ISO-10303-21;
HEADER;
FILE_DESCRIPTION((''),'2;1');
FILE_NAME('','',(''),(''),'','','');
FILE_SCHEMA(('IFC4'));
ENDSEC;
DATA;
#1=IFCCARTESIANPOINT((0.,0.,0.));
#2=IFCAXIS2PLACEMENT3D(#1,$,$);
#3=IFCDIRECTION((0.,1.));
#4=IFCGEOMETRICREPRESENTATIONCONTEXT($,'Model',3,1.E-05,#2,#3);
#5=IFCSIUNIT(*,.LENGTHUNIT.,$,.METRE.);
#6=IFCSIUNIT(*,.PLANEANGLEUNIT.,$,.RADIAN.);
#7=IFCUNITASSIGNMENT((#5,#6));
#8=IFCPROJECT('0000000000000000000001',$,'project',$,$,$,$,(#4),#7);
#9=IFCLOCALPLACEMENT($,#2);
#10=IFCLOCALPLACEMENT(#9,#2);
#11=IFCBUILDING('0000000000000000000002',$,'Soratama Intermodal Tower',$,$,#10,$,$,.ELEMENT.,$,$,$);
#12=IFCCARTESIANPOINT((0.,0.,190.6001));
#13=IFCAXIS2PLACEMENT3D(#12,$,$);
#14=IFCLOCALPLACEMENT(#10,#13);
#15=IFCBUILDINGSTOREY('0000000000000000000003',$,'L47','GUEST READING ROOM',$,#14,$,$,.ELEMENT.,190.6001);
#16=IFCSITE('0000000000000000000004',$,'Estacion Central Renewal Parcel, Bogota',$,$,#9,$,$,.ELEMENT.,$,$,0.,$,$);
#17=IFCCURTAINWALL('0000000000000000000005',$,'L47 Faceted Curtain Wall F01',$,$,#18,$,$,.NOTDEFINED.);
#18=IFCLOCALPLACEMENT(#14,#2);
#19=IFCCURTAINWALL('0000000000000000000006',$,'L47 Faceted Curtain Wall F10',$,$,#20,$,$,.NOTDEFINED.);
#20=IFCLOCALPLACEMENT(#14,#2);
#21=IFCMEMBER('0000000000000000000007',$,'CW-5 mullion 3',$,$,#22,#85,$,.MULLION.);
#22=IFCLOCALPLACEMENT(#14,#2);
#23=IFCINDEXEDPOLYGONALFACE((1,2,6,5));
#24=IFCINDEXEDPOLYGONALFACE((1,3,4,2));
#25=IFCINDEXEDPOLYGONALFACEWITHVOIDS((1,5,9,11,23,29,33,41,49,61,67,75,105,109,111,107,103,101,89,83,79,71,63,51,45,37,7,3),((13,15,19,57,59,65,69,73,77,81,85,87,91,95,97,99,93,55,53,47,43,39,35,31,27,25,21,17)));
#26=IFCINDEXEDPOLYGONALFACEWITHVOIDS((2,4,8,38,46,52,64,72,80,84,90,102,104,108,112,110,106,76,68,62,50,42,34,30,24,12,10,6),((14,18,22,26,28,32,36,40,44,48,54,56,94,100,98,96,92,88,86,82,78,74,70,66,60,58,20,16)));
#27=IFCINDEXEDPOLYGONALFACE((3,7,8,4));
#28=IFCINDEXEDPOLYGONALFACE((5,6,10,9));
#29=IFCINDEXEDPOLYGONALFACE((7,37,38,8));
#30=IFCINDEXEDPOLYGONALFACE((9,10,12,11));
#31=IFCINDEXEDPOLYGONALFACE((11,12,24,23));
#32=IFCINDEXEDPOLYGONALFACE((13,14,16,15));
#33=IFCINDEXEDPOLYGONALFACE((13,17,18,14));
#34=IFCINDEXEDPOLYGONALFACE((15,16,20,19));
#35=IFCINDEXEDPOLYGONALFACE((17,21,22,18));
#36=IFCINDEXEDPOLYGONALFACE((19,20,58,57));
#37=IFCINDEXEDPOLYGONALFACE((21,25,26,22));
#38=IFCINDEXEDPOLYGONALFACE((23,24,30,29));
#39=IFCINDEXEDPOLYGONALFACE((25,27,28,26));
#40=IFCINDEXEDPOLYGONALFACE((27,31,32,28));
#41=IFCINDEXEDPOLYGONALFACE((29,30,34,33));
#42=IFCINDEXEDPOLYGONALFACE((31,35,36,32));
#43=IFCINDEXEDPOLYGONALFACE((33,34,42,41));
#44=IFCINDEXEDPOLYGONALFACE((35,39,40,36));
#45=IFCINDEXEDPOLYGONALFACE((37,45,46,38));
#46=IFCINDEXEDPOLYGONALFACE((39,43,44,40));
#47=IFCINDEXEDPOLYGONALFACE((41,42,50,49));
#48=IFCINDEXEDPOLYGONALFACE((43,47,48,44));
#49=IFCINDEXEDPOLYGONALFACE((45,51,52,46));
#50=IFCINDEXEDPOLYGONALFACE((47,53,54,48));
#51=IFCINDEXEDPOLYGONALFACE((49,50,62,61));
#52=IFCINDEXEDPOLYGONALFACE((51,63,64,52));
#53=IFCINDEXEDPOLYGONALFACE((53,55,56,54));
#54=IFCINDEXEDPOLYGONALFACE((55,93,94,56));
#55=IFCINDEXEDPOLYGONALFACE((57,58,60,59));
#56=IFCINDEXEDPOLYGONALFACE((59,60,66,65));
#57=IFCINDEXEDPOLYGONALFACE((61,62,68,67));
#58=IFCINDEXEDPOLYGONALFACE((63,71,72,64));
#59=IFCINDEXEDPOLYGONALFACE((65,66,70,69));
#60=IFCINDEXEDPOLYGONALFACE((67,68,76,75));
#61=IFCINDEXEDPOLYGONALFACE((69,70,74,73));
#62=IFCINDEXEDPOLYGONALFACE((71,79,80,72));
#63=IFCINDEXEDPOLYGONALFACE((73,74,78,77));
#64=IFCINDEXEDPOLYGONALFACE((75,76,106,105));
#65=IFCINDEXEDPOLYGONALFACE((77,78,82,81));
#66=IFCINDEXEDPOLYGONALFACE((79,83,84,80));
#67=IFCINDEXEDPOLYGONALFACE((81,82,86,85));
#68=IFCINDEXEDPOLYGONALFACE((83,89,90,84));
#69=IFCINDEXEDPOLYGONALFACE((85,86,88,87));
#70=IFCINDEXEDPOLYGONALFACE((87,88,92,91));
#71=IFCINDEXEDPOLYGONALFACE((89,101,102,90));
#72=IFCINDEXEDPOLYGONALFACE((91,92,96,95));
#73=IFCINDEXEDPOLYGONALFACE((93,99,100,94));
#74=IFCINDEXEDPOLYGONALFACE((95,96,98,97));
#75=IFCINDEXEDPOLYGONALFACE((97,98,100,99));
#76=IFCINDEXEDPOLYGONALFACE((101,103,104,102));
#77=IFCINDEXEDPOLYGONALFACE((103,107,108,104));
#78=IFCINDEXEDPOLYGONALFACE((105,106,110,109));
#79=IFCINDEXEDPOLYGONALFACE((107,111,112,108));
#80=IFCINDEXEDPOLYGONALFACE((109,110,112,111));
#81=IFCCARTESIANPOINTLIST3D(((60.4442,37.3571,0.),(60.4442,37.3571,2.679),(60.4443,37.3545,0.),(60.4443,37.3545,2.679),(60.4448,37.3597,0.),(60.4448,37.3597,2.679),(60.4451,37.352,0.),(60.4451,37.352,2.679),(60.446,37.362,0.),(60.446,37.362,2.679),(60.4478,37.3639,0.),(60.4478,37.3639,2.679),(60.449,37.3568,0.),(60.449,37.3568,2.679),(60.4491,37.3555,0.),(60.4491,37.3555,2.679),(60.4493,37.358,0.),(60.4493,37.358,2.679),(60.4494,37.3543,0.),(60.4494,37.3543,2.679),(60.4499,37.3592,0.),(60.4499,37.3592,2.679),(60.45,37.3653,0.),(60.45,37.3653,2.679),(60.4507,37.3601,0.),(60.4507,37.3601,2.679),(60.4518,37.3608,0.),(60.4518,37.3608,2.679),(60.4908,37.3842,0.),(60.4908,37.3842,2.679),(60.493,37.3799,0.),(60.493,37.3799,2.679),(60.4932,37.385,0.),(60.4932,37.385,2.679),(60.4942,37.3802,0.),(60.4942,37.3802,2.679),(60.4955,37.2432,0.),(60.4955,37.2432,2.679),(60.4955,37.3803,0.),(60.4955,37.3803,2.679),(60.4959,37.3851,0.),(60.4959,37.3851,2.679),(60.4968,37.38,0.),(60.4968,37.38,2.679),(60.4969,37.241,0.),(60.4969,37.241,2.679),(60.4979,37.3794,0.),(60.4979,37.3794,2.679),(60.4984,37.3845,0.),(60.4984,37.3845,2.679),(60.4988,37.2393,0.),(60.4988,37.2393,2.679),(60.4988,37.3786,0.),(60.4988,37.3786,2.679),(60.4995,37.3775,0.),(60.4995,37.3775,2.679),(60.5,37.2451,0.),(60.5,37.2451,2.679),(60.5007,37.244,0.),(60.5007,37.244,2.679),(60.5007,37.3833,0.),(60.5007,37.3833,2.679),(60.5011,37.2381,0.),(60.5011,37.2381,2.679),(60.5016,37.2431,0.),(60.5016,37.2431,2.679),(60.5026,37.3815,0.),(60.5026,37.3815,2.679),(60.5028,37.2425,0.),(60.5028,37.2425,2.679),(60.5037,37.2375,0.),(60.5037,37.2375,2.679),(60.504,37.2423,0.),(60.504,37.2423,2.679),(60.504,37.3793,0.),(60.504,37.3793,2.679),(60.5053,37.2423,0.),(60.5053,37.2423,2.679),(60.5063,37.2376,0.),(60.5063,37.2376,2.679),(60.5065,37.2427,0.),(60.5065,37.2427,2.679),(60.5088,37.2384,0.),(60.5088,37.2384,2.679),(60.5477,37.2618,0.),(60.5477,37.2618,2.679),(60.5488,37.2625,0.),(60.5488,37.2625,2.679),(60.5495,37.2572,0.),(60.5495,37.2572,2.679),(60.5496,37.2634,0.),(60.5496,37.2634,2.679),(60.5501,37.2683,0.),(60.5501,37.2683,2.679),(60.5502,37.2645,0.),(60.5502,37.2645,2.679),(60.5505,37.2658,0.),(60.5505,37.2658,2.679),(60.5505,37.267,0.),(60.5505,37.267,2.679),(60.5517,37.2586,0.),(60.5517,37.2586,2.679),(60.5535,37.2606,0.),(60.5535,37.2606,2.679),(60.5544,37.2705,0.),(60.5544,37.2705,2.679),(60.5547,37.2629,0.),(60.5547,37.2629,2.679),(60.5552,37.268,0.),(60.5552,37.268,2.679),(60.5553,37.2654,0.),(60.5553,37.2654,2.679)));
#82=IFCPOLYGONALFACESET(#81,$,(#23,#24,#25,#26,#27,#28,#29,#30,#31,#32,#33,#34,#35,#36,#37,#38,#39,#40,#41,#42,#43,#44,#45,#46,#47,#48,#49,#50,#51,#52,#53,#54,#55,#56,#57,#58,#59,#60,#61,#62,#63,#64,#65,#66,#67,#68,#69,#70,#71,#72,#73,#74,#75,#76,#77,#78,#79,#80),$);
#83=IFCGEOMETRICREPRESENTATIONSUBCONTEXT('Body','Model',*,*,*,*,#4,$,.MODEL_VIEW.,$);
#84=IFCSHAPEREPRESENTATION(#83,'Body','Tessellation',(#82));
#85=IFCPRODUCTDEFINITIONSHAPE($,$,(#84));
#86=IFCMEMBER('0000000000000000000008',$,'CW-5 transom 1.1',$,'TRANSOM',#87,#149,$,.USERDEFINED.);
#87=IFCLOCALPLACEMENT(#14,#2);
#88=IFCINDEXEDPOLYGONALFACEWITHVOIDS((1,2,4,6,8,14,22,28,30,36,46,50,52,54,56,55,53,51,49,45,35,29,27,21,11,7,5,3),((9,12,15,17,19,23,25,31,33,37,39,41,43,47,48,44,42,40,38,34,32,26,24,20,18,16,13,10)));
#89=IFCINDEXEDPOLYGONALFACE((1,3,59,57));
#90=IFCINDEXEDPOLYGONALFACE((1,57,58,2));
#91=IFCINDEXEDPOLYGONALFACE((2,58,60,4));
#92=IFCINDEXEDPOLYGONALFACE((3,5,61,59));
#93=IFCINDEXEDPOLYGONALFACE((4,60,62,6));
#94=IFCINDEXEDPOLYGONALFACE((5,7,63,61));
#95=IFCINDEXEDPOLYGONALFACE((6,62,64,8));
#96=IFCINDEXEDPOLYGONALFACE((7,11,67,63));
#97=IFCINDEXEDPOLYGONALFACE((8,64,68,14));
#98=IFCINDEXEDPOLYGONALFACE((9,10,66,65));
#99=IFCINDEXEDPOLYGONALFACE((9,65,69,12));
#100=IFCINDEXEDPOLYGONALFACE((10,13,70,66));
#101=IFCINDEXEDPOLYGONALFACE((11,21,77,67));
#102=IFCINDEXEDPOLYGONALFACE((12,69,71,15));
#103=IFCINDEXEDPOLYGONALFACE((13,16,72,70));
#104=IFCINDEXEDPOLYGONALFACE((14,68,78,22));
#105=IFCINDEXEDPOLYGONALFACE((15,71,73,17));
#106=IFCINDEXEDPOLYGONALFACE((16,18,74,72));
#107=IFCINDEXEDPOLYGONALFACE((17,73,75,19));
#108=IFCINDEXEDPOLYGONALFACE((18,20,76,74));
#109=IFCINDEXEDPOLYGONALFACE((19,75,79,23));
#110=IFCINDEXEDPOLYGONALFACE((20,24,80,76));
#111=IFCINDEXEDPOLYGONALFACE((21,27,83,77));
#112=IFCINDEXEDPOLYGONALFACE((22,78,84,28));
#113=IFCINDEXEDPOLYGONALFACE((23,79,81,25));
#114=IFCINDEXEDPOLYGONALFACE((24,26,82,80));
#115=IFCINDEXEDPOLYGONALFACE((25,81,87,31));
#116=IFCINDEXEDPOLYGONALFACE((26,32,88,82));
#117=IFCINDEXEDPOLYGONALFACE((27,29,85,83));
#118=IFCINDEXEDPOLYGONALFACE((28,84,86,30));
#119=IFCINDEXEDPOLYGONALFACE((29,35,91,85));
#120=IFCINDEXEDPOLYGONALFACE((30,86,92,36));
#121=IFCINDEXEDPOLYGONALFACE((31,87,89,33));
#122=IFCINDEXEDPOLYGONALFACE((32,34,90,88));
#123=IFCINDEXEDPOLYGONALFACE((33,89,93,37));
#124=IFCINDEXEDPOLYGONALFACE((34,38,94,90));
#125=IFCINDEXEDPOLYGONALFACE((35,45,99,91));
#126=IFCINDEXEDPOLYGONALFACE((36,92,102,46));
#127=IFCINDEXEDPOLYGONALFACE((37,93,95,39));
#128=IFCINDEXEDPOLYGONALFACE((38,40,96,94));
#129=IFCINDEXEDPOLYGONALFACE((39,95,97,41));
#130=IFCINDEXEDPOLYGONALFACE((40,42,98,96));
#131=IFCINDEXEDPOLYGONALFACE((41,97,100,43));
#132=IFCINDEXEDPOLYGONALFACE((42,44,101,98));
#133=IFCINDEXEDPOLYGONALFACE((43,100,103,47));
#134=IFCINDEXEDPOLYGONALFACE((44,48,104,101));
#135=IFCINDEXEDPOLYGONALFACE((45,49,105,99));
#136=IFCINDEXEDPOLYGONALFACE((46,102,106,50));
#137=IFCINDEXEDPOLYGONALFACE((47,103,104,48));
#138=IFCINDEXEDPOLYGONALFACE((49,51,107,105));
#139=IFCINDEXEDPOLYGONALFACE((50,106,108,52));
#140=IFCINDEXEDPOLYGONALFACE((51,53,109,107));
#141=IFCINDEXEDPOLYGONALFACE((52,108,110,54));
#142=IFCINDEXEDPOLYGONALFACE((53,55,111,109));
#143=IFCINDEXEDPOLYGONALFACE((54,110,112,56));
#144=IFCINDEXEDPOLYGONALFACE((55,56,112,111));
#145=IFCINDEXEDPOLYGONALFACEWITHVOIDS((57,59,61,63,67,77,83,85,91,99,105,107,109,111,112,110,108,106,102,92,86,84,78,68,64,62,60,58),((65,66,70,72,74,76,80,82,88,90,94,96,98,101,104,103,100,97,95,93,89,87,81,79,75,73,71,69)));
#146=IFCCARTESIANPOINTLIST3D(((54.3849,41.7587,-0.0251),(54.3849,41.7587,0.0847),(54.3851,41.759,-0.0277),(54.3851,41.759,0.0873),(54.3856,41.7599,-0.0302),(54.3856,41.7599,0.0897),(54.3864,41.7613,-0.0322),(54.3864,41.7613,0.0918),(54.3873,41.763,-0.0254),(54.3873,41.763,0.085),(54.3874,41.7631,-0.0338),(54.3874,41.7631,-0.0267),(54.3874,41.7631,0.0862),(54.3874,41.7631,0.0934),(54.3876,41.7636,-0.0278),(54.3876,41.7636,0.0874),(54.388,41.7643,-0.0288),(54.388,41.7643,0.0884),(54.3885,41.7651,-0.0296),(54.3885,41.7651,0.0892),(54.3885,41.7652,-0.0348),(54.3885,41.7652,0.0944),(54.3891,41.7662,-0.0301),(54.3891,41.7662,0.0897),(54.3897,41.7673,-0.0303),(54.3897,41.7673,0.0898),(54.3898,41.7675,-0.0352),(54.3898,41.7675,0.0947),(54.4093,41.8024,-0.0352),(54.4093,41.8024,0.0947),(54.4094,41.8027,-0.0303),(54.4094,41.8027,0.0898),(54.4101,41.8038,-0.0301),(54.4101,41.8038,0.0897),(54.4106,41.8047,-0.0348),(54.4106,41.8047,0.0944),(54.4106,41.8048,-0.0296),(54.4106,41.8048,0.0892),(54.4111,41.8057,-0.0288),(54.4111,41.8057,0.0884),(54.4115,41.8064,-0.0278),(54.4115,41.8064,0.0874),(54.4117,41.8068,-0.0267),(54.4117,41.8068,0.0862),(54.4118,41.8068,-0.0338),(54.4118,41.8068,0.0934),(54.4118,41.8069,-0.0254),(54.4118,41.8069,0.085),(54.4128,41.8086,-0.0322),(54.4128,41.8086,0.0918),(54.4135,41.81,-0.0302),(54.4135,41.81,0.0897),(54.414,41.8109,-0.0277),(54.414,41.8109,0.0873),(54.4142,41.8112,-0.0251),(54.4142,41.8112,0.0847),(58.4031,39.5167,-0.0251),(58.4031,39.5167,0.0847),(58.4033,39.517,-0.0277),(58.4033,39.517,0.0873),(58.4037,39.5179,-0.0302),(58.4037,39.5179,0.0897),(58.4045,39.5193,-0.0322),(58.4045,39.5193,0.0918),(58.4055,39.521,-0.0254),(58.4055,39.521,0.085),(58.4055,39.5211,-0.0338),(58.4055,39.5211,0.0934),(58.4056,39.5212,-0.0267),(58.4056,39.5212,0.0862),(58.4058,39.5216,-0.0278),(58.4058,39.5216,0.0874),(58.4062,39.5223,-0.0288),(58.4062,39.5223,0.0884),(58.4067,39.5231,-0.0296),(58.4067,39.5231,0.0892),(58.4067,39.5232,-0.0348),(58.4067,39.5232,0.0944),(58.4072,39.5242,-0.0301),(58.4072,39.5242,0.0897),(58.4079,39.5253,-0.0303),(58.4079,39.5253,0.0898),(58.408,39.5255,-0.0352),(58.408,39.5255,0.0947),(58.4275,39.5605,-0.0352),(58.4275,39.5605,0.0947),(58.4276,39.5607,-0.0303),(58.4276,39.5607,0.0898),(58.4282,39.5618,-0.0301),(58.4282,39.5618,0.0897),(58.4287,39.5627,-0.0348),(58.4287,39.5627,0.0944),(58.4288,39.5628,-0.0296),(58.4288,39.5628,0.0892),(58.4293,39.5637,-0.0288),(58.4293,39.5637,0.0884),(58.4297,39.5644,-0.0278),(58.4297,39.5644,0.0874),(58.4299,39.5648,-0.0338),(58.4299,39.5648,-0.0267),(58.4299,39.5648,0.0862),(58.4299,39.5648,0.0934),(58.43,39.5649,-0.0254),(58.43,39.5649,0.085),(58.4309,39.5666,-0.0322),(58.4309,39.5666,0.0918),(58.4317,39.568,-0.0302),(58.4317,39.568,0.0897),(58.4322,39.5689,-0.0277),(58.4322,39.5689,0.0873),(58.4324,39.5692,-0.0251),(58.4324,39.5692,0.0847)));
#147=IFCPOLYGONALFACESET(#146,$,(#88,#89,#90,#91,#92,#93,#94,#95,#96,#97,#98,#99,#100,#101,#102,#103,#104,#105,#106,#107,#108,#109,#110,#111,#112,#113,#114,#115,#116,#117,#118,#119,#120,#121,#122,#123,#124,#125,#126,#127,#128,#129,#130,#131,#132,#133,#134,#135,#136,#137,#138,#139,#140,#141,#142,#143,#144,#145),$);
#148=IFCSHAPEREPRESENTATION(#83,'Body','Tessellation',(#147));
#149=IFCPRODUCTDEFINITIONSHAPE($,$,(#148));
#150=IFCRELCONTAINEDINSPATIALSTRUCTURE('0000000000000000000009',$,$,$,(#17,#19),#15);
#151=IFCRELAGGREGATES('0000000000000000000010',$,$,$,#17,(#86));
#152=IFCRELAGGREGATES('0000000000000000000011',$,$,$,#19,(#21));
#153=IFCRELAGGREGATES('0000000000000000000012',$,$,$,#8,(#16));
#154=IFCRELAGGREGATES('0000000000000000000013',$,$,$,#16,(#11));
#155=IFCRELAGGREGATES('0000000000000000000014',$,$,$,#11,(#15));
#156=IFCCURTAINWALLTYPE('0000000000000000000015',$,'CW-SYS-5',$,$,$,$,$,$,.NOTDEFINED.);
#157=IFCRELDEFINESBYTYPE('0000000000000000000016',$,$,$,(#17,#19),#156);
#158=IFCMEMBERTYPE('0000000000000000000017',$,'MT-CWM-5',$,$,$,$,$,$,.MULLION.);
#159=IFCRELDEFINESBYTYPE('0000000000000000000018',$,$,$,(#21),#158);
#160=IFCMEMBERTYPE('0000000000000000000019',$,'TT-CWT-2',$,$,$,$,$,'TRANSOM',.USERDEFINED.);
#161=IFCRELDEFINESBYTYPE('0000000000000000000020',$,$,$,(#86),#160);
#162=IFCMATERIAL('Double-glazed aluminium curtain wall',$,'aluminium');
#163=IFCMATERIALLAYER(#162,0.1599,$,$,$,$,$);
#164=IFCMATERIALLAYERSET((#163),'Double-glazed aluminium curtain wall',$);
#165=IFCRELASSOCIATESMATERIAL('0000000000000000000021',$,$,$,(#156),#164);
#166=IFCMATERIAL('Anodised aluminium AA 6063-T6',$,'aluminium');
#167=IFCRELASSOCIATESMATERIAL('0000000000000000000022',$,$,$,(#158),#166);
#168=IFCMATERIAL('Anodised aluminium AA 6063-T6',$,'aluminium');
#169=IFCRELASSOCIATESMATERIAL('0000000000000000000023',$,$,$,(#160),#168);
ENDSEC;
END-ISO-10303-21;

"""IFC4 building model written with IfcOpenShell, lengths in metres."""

from ifc_helpers import new_model, si_unit, direction, frame, origin, origin_2d, place, context, subcontext, project, spatial, hollow_rectangle, extrude, material, layer, layer_set, material_profile, profile_set, type_object, element, aggregate, save


model = new_model("IFC4")

# Units and contexts
model_context = context("Model", 3, precision=1e-05, world=origin(), true_north=direction((0.0, 1.0)))
body_context = subcontext(model_context, "Body", "Model", "MODEL_VIEW")
ifc_project = project(units=[si_unit("LENGTHUNIT", "METRE"), si_unit("PLANEANGLEUNIT", "RADIAN")], contexts=[model_context])

# Site, building, storey
site_placement = place(None, origin())
site = spatial("IfcSite", under=ifc_project, at=site_placement, Name="Estacion Central Renewal Parcel, Bogota", CompositionType="ELEMENT", RefElevation=0.0)
building_placement = place(site_placement, origin())
building = spatial("IfcBuilding", under=site, at=building_placement, Name="Soratama Intermodal Tower", CompositionType="ELEMENT")
storey_placement = place(building_placement, frame((0.0, 0.0, 190.6001)))
storey = spatial("IfcBuildingStorey", under=building, at=storey_placement, Name="L47", Description="GUEST READING ROOM", CompositionType="ELEMENT", Elevation=190.6001)

# Curtain wall
ifc_material_1 = material(Name="Double-glazed aluminium curtain wall", Category="aluminium")
ifc_layer_1 = layer(ifc_material_1, 0.1599)
ifc_layer_set_1 = layer_set([ifc_layer_1], Name="Double-glazed aluminium curtain wall")
curtain_wall_type = type_object("IfcCurtainWallType", Name="CW-SYS-5", PredefinedType="NOTDEFINED", material=ifc_layer_set_1)
curtain_wall_1_placement = place(storey_placement, origin())
curtain_wall_1 = element("IfcCurtainWall", 1, at=curtain_wall_1_placement, inside=storey, type_object=curtain_wall_type, Name="L47 Faceted Curtain Wall F01", PredefinedType="NOTDEFINED")
ifc_material_2 = material(Name="Anodised aluminium AA 6063-T6", Category="aluminium")
ifc_material_profile_1 = material_profile(ifc_material_2, hollow_rectangle(XDim=0.0649, YDim=0.1399, WallThickness=0.0049, InnerFilletRadius=0.0049, OuterFilletRadius=0.01, at=origin_2d()), Name="CWM140X65X5")
ifc_profile_set_1 = profile_set([ifc_material_profile_1], Name="Anodised aluminium AA 6063-T6")
member_type_1 = type_object("IfcMemberType", Name="MT-CWM-5", PredefinedType="MULLION", material=ifc_profile_set_1)

# Curtain wall, member
curtain_wall_2_placement = place(storey_placement, origin())
curtain_wall_2 = element("IfcCurtainWall", 2, at=curtain_wall_2_placement, inside=storey, type_object=curtain_wall_type, Name="L47 Faceted Curtain Wall F10", PredefinedType="NOTDEFINED")
member_1_placement = place(storey_placement, frame((60.4998, 37.3113, 0.0), z_axis=(0.0, 0.0, 1.0), x_axis=(-0.907482, -0.420092, 0.0)))
member_1 = element("IfcMember", 3, at=member_1_placement, type_object=member_type_1, Name="CW-5 mullion 3", PredefinedType="MULLION", context=body_context, shape_type="SweptSolid", body=[
    extrude(hollow_rectangle(XDim=0.0649, YDim=0.1399, WallThickness=0.0049, InnerFilletRadius=0.0049, OuterFilletRadius=0.01, at=origin_2d()), origin(), (0.0, 0.0, 1.0), 2.679),
])

# Member
ifc_material_3 = material(Name="Anodised aluminium AA 6063-T6", Category="aluminium")
ifc_material_profile_2 = material_profile(ifc_material_3, hollow_rectangle(XDim=0.0601, YDim=0.1299, WallThickness=0.0049, InnerFilletRadius=0.0049, OuterFilletRadius=0.01, at=origin_2d()), Name="CWT130X60X5")
ifc_profile_set_2 = profile_set([ifc_material_profile_2], Name="Anodised aluminium AA 6063-T6")
member_type_2 = type_object("IfcMemberType", Name="TT-CWT-2", ElementType="TRANSOM", PredefinedType="USERDEFINED", material=ifc_profile_set_2)
member_2_placement = place(storey_placement, frame((58.4177, 39.543, 0.0298), z_axis=(-0.873262, 0.48725, 0.0), x_axis=(-0.48725, -0.873262, 0.0)))
member_2 = element("IfcMember", 4, at=member_2_placement, type_object=member_type_2, Name="CW-5 transom 1.1", ObjectType="TRANSOM", PredefinedType="USERDEFINED", context=body_context, shape_type="SweptSolid", body=[
    extrude(hollow_rectangle(XDim=0.0601, YDim=0.1299, WallThickness=0.0049, InnerFilletRadius=0.0049, OuterFilletRadius=0.01, at=origin_2d()), origin(), (0.0, 0.0, 1.0), 4.6013),
])

aggregate(curtain_wall_1, [member_2])
aggregate(curtain_wall_2, [member_1])

save(model, "model.ifc")
